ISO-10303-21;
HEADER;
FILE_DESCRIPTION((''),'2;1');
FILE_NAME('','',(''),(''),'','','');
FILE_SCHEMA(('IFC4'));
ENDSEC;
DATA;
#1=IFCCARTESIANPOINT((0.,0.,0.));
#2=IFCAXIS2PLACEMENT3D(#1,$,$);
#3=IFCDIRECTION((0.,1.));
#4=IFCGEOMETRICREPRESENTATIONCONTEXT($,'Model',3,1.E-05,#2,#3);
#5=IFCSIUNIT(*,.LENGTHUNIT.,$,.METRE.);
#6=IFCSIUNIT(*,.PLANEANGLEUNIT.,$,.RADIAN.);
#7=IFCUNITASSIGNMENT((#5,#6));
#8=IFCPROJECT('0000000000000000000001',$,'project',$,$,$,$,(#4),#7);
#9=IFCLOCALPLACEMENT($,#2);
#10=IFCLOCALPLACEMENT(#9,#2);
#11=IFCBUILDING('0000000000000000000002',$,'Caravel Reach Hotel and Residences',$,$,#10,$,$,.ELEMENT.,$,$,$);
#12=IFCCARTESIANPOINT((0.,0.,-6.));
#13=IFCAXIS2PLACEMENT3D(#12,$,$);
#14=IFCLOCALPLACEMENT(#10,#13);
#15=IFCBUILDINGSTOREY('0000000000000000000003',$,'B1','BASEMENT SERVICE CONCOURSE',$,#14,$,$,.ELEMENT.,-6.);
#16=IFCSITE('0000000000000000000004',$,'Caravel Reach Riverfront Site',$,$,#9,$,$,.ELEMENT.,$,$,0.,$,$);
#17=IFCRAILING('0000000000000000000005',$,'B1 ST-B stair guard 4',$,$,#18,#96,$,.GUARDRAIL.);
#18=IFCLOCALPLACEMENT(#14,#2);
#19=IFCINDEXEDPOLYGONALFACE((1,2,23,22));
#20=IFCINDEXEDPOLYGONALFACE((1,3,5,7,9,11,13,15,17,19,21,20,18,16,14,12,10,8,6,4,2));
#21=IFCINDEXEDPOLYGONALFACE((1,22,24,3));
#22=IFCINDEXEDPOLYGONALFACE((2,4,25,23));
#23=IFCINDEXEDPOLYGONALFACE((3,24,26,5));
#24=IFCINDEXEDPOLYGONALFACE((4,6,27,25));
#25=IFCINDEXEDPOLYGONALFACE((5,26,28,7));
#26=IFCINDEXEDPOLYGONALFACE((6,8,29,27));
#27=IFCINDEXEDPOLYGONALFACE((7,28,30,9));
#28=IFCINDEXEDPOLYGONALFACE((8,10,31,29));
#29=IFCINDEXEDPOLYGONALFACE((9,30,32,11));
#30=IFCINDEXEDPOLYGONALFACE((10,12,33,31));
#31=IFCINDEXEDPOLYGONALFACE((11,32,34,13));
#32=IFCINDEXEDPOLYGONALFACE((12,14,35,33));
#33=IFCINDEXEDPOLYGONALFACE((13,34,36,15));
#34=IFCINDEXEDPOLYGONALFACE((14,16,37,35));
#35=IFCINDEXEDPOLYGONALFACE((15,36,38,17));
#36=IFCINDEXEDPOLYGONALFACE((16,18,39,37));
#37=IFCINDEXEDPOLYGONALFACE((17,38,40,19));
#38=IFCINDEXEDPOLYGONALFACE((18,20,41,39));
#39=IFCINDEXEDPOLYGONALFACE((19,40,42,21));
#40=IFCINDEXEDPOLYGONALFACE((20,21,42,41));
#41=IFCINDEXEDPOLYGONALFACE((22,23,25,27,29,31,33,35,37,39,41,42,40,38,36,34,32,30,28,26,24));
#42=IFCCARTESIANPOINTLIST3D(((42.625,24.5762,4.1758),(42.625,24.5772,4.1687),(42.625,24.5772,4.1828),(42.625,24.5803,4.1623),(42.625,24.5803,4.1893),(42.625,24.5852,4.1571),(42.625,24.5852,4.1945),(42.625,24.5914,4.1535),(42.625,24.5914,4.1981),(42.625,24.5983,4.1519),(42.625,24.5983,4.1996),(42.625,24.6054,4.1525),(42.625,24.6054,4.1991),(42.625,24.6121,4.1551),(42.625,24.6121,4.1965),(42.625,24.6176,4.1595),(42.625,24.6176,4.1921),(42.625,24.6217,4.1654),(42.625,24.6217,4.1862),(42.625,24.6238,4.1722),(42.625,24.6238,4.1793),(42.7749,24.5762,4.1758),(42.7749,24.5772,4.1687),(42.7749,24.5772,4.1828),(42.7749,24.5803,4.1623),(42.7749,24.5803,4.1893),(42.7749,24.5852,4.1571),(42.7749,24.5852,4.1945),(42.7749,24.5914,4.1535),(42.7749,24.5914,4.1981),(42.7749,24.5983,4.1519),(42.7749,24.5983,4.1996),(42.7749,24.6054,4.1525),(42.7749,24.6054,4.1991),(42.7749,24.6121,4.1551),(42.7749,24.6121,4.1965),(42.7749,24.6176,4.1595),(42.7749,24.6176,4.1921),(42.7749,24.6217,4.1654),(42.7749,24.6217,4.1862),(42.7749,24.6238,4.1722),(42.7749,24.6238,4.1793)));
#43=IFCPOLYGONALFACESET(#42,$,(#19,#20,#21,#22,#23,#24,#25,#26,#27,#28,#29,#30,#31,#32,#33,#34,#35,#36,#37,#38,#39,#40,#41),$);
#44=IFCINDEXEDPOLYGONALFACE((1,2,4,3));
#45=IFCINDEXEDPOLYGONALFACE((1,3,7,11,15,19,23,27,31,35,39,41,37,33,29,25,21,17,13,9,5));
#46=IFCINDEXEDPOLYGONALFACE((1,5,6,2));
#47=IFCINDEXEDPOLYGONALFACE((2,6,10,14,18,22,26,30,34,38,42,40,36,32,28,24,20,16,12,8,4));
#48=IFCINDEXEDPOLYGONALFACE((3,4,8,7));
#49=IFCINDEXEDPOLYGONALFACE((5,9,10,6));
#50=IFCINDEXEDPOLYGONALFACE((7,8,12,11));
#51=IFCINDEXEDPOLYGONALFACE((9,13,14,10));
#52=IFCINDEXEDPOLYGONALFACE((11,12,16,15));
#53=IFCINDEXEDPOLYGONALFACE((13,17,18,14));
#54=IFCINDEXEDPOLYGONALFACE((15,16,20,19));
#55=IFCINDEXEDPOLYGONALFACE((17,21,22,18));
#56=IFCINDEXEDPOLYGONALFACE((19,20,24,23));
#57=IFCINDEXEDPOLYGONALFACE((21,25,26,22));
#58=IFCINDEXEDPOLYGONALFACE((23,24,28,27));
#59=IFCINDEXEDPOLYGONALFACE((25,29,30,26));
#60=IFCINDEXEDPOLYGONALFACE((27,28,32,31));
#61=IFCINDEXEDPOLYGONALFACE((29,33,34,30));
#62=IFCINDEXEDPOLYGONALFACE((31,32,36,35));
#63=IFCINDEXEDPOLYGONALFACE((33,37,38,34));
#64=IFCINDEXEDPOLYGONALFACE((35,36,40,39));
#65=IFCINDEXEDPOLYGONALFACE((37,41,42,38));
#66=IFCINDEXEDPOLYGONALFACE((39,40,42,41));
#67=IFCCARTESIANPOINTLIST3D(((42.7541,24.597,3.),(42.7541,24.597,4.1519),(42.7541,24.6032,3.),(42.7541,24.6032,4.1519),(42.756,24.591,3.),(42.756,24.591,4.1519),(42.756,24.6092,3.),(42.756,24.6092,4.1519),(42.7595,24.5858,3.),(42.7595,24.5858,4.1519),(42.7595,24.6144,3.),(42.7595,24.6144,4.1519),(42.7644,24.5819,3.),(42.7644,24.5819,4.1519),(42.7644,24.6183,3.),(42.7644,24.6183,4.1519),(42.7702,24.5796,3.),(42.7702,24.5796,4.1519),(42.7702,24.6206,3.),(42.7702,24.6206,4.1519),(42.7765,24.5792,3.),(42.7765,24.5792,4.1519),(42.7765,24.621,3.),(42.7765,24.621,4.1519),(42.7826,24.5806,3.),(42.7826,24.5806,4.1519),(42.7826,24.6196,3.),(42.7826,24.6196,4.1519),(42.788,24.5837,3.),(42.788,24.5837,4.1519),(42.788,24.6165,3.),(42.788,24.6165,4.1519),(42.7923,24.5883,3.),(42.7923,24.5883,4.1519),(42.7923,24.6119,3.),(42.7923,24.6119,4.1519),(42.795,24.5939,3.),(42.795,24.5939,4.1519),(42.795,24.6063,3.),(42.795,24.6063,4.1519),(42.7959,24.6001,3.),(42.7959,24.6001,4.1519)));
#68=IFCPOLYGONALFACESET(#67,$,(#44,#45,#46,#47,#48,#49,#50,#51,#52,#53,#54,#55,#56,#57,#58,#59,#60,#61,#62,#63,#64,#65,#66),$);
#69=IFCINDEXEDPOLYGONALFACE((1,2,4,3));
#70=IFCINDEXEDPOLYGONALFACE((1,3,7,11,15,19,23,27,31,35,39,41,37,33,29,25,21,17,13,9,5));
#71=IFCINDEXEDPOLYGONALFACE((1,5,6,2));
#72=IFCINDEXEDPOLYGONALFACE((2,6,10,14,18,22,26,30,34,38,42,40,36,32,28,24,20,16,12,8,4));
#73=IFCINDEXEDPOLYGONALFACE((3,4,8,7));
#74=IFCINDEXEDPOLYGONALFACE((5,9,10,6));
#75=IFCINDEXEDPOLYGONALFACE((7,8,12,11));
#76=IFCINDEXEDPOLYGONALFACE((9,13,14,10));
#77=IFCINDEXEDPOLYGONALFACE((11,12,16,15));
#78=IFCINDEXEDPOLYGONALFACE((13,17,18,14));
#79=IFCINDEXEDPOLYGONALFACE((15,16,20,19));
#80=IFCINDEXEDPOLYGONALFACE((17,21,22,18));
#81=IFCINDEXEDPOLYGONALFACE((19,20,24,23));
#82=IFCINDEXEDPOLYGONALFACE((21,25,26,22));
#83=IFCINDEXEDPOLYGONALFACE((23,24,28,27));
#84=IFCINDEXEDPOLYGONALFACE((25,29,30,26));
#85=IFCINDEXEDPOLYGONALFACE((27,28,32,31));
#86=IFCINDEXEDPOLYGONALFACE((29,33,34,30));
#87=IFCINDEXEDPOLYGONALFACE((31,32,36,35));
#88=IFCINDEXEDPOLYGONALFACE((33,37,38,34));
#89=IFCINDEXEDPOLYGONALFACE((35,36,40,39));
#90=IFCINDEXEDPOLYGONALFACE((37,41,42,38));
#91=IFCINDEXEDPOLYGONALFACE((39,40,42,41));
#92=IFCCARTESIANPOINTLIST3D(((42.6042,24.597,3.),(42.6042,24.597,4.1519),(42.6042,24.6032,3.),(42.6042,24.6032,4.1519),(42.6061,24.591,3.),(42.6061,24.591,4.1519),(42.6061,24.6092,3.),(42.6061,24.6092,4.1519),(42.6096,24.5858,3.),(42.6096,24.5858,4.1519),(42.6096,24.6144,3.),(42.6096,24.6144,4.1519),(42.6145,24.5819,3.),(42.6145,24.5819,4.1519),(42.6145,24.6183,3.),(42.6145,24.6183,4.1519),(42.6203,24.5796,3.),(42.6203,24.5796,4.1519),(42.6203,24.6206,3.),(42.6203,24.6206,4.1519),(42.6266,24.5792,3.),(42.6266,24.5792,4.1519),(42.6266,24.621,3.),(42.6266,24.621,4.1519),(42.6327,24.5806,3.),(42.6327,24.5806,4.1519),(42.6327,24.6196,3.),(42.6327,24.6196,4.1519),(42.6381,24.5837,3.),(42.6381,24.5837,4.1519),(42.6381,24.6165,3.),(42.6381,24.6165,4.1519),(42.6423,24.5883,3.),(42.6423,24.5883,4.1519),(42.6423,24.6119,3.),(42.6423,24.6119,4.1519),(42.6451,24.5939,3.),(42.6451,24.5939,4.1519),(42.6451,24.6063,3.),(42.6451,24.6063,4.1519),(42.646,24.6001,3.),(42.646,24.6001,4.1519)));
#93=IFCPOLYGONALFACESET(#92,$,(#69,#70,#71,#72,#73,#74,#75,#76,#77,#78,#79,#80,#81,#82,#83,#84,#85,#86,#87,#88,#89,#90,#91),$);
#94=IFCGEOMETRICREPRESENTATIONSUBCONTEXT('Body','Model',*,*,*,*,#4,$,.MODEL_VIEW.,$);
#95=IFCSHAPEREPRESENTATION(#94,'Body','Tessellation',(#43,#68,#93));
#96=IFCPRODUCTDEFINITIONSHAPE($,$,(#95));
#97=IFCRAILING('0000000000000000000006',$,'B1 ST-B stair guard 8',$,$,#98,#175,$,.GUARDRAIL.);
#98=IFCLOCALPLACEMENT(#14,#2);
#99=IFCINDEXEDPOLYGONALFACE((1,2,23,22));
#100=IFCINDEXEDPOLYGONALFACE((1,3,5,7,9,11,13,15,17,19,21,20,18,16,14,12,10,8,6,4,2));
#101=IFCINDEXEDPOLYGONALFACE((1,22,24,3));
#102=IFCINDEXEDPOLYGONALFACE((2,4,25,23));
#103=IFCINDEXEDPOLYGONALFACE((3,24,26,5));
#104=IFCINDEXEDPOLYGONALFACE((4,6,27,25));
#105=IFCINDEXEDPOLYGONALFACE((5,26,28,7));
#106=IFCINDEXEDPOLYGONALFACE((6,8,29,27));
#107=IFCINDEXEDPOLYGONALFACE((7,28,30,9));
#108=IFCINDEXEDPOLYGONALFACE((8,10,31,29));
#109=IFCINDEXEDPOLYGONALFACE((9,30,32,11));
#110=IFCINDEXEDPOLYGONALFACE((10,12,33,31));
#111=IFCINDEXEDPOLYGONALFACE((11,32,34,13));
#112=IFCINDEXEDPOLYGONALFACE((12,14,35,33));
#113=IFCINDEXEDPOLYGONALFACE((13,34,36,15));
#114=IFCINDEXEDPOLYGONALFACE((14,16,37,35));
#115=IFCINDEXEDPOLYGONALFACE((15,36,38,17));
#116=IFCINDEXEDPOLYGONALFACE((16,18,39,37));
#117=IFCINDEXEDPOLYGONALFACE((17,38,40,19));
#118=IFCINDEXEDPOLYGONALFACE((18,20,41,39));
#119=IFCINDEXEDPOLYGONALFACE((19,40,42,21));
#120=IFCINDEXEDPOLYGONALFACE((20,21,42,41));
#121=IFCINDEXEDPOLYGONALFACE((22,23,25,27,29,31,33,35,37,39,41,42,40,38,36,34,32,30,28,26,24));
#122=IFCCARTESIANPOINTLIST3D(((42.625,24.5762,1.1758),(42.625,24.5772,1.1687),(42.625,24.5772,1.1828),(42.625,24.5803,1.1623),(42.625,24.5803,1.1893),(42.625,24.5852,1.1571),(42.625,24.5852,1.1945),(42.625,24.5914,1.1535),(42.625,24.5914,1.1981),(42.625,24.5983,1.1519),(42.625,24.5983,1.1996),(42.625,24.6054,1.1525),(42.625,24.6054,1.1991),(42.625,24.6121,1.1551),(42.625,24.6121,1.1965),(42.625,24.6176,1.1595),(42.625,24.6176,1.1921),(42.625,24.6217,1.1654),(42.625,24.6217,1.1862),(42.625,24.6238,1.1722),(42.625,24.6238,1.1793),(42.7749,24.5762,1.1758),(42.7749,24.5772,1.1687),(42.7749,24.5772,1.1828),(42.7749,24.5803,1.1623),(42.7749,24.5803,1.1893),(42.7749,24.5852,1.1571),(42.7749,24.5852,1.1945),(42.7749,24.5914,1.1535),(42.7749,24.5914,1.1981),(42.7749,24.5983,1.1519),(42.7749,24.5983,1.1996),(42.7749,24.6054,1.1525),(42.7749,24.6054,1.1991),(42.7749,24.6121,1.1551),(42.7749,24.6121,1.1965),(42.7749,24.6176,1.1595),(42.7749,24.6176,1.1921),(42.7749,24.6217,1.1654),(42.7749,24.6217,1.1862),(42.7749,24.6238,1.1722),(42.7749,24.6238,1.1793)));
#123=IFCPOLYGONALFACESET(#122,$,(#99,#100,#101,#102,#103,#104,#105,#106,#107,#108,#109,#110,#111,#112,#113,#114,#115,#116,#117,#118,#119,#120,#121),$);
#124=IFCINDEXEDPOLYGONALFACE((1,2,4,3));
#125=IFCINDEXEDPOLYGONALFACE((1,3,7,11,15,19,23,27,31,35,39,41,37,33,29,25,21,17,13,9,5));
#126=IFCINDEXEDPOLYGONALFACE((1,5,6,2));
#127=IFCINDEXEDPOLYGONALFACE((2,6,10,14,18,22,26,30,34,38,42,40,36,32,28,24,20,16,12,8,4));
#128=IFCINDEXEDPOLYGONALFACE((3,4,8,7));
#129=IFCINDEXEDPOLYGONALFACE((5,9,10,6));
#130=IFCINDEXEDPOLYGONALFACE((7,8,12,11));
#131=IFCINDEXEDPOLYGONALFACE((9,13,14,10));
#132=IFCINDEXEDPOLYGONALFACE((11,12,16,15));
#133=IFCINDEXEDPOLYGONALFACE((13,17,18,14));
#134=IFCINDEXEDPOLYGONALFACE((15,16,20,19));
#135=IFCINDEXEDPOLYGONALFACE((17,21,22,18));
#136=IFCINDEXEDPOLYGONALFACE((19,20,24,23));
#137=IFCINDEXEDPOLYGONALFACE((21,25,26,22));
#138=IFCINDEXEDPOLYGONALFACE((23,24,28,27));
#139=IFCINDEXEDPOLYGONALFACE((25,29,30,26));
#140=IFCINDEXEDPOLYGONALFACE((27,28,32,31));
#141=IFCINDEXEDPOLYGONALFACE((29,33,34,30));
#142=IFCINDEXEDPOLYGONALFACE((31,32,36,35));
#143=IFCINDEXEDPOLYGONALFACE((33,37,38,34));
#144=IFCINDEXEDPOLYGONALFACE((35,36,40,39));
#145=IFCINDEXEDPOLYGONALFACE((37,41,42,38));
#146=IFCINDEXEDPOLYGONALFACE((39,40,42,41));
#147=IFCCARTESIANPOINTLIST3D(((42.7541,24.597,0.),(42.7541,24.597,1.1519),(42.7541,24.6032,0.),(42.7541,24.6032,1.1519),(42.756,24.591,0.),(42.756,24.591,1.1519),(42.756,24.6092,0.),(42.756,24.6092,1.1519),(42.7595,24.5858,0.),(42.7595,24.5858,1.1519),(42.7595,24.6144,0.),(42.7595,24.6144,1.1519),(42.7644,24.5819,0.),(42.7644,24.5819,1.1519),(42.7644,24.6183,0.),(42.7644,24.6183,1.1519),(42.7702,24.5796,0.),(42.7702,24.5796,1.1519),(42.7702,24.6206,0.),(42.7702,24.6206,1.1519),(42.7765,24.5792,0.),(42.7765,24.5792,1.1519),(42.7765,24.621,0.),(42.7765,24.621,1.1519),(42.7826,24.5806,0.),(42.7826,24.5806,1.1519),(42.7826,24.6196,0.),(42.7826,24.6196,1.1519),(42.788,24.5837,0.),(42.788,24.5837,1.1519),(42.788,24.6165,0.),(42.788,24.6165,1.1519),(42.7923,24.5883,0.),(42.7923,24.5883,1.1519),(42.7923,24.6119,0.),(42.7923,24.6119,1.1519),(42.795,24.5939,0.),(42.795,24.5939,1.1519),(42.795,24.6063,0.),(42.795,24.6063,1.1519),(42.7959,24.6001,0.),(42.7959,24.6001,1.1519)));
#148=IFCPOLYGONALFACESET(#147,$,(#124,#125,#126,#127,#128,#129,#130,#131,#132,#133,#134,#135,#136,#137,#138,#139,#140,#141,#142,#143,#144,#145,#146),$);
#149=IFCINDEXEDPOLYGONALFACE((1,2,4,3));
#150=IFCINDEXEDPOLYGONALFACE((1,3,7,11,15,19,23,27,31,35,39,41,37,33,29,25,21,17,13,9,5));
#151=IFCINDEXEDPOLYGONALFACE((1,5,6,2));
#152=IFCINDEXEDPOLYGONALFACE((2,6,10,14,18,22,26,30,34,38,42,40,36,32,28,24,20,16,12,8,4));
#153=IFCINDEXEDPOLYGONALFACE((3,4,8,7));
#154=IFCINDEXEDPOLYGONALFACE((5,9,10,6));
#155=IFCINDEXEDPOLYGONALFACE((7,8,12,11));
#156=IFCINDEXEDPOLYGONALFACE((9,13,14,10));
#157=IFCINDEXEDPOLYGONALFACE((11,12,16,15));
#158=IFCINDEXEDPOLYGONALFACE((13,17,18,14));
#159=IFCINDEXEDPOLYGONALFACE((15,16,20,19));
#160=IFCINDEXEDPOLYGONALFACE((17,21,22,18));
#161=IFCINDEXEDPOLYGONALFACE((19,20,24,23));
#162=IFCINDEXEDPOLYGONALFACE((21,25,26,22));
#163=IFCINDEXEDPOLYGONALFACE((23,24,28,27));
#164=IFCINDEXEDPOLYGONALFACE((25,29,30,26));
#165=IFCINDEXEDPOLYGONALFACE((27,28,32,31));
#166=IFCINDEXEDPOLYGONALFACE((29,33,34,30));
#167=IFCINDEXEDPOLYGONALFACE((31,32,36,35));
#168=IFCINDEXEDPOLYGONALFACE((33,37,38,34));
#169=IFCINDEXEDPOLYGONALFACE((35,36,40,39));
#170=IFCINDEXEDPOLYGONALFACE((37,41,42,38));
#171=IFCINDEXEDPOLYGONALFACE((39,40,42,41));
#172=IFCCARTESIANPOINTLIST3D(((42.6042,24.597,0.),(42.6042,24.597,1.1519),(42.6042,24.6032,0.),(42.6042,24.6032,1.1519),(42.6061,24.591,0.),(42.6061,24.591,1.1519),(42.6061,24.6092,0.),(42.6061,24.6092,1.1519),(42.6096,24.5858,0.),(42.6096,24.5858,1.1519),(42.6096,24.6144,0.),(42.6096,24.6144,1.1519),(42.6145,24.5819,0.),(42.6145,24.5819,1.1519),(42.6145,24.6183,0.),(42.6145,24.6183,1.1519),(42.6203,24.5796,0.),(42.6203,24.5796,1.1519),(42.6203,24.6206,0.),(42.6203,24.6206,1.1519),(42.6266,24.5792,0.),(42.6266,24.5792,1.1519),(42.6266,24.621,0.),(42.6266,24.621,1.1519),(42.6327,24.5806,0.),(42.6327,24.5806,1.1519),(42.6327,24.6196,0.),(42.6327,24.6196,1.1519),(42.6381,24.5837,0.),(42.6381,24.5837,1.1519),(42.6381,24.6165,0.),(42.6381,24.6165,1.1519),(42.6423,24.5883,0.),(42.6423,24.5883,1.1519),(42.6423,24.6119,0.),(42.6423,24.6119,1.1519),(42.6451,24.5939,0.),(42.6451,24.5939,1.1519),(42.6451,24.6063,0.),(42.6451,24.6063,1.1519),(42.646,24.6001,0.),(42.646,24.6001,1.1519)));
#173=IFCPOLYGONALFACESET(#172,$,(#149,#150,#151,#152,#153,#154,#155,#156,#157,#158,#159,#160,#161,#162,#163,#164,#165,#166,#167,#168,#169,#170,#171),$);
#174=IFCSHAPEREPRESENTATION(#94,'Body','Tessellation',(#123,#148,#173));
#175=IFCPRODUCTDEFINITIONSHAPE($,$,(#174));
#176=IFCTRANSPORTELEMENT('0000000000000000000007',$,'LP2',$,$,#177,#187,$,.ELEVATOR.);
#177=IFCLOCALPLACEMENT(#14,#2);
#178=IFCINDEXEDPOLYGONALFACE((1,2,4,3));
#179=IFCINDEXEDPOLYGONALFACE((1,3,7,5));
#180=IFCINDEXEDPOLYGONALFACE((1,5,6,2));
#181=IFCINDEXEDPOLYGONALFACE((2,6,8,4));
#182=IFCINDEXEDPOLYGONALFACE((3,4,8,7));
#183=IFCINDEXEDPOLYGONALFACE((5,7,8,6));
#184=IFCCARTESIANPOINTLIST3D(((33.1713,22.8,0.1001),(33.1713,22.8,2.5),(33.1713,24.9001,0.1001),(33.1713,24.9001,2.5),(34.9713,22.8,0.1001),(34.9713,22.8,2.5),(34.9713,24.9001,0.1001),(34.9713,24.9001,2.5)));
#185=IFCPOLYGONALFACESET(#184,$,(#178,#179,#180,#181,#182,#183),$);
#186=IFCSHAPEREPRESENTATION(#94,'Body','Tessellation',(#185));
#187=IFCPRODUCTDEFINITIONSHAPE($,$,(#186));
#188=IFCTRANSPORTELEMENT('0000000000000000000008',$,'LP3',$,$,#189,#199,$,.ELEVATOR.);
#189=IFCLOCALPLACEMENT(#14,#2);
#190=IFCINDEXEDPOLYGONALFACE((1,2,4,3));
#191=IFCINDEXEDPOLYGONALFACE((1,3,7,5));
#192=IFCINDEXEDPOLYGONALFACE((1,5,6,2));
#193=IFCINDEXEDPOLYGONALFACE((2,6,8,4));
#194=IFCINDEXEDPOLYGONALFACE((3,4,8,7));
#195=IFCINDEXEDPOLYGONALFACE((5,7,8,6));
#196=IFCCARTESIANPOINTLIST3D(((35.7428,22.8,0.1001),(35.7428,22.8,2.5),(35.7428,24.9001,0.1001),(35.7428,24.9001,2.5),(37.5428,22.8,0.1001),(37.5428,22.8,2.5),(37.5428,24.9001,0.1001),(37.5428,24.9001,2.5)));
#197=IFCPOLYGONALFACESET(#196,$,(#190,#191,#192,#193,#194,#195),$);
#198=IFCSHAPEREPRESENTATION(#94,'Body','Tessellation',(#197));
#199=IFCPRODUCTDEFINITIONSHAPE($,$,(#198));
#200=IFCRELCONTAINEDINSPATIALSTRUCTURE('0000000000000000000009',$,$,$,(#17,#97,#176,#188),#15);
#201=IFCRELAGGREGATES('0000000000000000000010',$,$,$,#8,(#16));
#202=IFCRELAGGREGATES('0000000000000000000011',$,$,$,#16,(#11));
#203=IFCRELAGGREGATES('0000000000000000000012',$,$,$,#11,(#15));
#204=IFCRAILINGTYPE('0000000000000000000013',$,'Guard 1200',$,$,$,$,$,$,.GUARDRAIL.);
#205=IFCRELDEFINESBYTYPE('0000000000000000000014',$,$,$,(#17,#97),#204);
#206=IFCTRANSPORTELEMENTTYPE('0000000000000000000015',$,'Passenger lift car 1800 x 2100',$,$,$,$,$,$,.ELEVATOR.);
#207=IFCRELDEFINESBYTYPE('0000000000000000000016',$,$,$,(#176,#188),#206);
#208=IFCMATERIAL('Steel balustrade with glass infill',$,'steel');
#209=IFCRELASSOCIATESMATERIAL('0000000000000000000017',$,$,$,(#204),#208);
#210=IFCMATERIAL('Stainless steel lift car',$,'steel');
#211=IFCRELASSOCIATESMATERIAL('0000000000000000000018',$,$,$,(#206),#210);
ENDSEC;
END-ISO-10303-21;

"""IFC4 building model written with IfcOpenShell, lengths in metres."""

from ifc_helpers import new_model, si_unit, direction, frame, origin, origin_2d, place, context, subcontext, project, spatial, rectangle, circle, extrude, material, type_object, element, save


model = new_model("IFC4")

# Units and contexts
model_context = context("Model", 3, precision=1e-05, world=origin(), true_north=direction((0.0, 1.0)))
body_context = subcontext(model_context, "Body", "Model", "MODEL_VIEW")
ifc_project = project(units=[si_unit("LENGTHUNIT", "METRE"), si_unit("PLANEANGLEUNIT", "RADIAN")], contexts=[model_context])

# Site, building, storey
site_placement = place(None, origin())
site = spatial("IfcSite", under=ifc_project, at=site_placement, Name="Caravel Reach Riverfront Site", CompositionType="ELEMENT", RefElevation=0.0)
building_placement = place(site_placement, origin())
building = spatial("IfcBuilding", under=site, at=building_placement, Name="Caravel Reach Hotel and Residences", CompositionType="ELEMENT")
storey_placement = place(building_placement, frame((0.0, 0.0, -6.0)))
storey = spatial("IfcBuildingStorey", under=building, at=storey_placement, Name="B1", Description="BASEMENT SERVICE CONCOURSE", CompositionType="ELEMENT", Elevation=-6.0)

# Railings
ifc_material_1 = material(Name="Steel balustrade with glass infill", Category="steel")
railing_type = type_object("IfcRailingType", Name="Guard 1200", PredefinedType="GUARDRAIL", material=ifc_material_1)
for number, where, name in (
    (1, (42.7749, 24.6001, 3.0), "B1 ST-B stair guard 4"),
    (2, (42.7749, 24.6001, 0.0), "B1 ST-B stair guard 8"),
):
    element("IfcRailing", number, at=place(storey_placement, frame(where)), inside=storey, type_object=railing_type, Name=name, PredefinedType="GUARDRAIL", context=body_context, shape_type="SweptSolid", body=[
        extrude(circle(Radius=0.0239, at=origin_2d()), frame((0.0, 0.0, 1.1758), z_axis=(-1.0, 0.0, 0.0), x_axis=(0.0, -1.0, 0.0)), (0.0, 0.0, 1.0), 0.1499),
        extrude(circle(Radius=0.021, at=origin_2d()), origin(), (0.0, 0.0, 1.0), 1.1519),
        extrude(circle(Radius=0.021, at=origin_2d()), frame((-0.1499, 0.0, 0.0)), (0.0, 0.0, 1.0), 1.1519),
    ])

# Transport elements
ifc_material_2 = material(Name="Stainless steel lift car", Category="steel")
transport_element_type = type_object("IfcTransportElementType", Name="Passenger lift car 1800 x 2100", PredefinedType="ELEVATOR", material=ifc_material_2)
for number, where, z_axis, x_axis, name in (
    (3, (34.0713, 23.8501, 0.1001), (0.0, 0.0, 1.0), (1.0, 0.0, 0.0), "LP2"),
    (4, (36.6428, 23.8501, 0.1001), (0.0, 0.0, 1.0), (1.0, 0.0, 0.0), "LP3"),
):
    element("IfcTransportElement", number, at=place(storey_placement, frame(where, z_axis=z_axis, x_axis=x_axis)), inside=storey, type_object=transport_element_type, Name=name, PredefinedType="ELEVATOR", context=body_context, shape_type="SweptSolid", body=[
        extrude(rectangle(XDim=1.8, YDim=2.1001, at=origin_2d()), origin(), (0.0, 0.0, 1.0), 2.3999),
    ])

save(model, "model.ifc")
